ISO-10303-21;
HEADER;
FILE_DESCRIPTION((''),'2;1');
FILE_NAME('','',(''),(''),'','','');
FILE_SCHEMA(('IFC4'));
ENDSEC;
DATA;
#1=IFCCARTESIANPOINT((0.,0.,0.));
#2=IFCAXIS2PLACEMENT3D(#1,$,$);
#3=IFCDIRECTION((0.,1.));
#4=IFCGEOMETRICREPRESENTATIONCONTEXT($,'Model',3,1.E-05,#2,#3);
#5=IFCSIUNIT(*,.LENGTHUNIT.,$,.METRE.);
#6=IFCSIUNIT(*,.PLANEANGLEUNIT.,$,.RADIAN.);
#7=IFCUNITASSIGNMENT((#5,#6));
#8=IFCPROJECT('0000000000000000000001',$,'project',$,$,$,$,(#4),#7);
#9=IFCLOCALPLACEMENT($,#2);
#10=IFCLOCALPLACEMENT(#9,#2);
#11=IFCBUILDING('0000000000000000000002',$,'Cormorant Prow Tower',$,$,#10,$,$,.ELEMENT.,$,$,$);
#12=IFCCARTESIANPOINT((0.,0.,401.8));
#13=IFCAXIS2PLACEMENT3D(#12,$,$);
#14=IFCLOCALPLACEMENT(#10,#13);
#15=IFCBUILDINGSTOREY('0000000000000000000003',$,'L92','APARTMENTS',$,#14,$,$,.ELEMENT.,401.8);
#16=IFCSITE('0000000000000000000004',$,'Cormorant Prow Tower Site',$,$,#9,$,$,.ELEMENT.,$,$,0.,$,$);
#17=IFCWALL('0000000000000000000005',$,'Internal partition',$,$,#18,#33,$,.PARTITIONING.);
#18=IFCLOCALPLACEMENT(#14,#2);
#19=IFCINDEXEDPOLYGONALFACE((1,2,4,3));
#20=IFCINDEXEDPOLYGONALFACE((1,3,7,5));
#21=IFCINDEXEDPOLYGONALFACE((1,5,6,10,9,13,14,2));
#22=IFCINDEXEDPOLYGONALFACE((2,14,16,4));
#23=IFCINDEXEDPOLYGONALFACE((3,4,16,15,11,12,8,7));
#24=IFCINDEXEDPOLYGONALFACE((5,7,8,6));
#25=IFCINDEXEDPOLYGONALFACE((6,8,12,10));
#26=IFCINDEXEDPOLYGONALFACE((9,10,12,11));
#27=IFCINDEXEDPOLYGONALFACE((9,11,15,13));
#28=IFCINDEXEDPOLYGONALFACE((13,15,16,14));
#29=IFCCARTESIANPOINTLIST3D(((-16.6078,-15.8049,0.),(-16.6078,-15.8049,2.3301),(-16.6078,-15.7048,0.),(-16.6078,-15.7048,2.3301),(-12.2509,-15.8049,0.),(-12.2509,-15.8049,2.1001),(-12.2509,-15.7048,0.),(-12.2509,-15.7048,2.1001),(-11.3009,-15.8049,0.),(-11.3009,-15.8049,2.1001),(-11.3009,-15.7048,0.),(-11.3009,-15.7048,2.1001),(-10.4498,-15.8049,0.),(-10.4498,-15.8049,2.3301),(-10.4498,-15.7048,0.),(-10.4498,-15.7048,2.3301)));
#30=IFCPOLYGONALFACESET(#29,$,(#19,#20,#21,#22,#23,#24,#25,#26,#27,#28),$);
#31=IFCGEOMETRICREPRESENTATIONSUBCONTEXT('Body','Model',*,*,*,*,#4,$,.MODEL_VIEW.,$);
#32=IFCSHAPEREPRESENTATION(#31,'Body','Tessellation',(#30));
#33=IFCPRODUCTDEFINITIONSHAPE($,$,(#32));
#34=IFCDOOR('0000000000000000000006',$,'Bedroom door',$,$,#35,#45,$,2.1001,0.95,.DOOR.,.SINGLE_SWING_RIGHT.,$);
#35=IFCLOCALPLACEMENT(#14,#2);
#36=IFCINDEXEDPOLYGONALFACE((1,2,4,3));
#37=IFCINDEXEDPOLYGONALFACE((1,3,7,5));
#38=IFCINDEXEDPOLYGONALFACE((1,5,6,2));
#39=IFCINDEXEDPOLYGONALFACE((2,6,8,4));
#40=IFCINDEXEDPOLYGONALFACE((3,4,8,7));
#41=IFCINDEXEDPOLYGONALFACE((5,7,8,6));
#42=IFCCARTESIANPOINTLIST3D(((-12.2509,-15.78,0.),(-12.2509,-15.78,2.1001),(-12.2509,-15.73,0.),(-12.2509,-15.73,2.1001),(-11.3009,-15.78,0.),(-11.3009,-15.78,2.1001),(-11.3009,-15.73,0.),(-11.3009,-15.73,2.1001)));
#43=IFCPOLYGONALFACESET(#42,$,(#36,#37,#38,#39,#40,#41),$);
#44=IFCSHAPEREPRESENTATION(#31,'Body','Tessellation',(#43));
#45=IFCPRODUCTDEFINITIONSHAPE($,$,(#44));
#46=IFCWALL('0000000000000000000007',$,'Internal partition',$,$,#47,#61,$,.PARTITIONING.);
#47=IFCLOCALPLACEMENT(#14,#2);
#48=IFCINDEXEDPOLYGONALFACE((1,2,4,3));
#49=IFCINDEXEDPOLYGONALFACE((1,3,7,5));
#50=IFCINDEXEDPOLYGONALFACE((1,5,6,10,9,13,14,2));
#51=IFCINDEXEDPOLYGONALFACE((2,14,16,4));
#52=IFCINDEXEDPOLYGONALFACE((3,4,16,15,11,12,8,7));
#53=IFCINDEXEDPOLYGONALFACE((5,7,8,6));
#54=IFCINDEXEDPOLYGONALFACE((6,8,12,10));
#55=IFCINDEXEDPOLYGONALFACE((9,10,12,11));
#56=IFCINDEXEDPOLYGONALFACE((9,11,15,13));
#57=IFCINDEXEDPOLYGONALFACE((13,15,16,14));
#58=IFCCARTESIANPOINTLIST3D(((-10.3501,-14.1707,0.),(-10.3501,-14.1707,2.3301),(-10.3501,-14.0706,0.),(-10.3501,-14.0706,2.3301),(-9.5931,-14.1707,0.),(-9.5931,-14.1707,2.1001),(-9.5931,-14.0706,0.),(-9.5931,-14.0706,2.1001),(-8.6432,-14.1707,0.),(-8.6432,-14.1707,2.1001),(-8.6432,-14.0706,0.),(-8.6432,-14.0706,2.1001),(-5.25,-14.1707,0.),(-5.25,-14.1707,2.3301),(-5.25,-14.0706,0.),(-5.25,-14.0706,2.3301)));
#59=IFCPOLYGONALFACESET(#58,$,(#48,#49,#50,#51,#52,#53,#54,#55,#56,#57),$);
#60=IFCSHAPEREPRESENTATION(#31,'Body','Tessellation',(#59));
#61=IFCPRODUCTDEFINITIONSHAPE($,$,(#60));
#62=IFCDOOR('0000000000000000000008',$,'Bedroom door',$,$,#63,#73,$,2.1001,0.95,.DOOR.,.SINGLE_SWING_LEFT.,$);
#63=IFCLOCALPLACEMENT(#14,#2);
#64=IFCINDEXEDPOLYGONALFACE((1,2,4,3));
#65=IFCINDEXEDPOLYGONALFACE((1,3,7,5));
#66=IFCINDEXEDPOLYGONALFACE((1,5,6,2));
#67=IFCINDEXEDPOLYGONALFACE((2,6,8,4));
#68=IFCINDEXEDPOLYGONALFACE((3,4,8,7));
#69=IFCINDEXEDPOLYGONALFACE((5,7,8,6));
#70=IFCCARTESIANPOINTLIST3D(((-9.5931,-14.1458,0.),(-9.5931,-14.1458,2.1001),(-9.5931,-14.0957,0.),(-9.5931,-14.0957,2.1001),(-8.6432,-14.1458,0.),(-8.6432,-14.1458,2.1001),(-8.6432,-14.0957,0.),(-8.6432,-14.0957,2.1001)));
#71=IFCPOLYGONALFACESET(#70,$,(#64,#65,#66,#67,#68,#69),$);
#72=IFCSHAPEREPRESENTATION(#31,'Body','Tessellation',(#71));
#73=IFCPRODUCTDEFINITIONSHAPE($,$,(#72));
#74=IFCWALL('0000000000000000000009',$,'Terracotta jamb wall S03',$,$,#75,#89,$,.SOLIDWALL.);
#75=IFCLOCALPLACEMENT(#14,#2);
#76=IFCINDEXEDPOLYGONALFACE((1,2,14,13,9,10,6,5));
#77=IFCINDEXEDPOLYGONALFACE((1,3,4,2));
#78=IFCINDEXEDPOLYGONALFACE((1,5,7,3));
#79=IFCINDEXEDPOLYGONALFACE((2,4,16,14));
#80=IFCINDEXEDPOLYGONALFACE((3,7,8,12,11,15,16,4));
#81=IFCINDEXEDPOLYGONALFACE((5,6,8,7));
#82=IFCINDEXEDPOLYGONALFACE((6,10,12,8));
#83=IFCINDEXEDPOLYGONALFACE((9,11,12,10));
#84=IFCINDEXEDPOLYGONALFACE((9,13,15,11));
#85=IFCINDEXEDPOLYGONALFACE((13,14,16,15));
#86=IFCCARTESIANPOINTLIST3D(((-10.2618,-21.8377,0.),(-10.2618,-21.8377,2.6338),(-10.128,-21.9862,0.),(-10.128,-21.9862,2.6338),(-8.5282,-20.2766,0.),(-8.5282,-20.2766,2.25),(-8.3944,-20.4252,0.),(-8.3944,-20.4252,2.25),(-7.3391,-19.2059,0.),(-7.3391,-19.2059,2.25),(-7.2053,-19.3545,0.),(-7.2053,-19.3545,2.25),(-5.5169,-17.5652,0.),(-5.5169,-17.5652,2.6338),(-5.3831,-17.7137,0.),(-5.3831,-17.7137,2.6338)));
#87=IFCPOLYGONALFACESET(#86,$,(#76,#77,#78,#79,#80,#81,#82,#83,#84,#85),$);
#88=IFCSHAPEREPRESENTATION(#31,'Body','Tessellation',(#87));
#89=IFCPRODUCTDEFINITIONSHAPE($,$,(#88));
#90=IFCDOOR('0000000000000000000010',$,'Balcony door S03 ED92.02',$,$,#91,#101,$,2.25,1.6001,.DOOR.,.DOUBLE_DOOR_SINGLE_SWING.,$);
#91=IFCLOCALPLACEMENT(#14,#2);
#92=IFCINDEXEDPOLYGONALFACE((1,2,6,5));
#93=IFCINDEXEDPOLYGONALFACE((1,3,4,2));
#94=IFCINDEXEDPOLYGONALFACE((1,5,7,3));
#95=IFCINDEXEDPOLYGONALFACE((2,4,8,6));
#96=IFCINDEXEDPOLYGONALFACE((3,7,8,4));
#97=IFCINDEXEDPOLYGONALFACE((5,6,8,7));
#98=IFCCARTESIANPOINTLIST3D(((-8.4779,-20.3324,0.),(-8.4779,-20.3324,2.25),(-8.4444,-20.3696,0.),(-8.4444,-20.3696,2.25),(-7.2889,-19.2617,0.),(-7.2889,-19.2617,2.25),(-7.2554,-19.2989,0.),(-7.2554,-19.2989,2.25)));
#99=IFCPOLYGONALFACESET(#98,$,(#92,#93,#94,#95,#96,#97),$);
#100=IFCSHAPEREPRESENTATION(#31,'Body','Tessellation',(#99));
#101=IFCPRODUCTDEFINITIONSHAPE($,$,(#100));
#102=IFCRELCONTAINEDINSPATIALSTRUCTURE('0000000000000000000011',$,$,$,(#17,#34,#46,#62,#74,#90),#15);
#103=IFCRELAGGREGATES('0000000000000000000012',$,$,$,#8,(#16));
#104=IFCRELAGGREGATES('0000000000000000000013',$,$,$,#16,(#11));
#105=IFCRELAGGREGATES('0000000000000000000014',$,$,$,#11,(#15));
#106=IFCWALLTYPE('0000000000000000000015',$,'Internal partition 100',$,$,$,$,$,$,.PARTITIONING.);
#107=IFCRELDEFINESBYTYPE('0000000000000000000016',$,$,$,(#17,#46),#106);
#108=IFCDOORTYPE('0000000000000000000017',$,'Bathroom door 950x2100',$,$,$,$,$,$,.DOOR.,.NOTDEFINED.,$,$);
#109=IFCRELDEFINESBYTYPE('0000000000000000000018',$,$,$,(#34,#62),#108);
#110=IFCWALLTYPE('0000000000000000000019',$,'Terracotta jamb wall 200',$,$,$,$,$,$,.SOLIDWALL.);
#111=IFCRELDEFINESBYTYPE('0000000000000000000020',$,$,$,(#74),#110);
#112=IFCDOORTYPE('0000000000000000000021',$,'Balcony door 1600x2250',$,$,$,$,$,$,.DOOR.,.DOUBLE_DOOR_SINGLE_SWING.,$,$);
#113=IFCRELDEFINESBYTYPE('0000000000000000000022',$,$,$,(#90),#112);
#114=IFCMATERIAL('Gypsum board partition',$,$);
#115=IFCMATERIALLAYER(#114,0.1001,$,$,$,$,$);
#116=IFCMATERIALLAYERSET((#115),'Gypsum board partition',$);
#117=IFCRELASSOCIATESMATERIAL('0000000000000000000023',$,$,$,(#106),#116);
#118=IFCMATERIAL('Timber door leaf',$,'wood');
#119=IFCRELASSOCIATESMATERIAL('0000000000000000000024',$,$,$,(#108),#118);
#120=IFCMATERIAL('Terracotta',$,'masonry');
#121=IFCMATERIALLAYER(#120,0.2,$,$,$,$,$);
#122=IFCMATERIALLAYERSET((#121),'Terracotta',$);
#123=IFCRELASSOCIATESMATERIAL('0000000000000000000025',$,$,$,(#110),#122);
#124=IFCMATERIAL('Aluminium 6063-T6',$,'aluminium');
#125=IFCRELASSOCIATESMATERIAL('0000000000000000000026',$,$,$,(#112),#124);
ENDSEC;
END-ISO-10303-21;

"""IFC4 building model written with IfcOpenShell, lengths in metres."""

from ifc_helpers import new_model, si_unit, direction, frame, frame_2d, origin, place, context, subcontext, project, spatial, rectangle, extrude, material, layer, layer_set, type_object, element, fill, save


model = new_model("IFC4")

# Units and contexts
model_context = context("Model", 3, precision=1e-05, world=origin(), true_north=direction((0.0, 1.0)))
body_context = subcontext(model_context, "Body", "Model", "MODEL_VIEW")
ifc_project = project(units=[si_unit("LENGTHUNIT", "METRE"), si_unit("PLANEANGLEUNIT", "RADIAN")], contexts=[model_context])

# Site, building, storey
site_placement = place(None, origin())
site = spatial("IfcSite", under=ifc_project, at=site_placement, Name="Cormorant Prow Tower Site", CompositionType="ELEMENT", RefElevation=0.0)
building_placement = place(site_placement, origin())
building = spatial("IfcBuilding", under=site, at=building_placement, Name="Cormorant Prow Tower", CompositionType="ELEMENT")
storey_placement = place(building_placement, frame((0.0, 0.0, 401.8)))
storey = spatial("IfcBuildingStorey", under=building, at=storey_placement, Name="L92", Description="APARTMENTS", CompositionType="ELEMENT", Elevation=401.8)

# Walls, openings, doors
ifc_material_1 = material(Name="Gypsum board partition")
ifc_layer_1 = layer(ifc_material_1, 0.1001)
ifc_layer_set_1 = layer_set([ifc_layer_1], Name="Gypsum board partition")
wall_type_1 = type_object("IfcWallType", Name="Internal partition 100", PredefinedType="PARTITIONING", material=ifc_layer_set_1)
ifc_material_2 = material(Name="Timber door leaf", Category="wood")
door_type_1 = type_object("IfcDoorType", Name="Bathroom door 950x2100", OperationType="NOTDEFINED", PredefinedType="DOOR", material=ifc_material_2)
wall_1_placement = place(storey_placement, frame((-16.6079, -15.7549, 0.0), z_axis=(0.0, 0.0, 1.0), x_axis=(1.0, 0.0, 0.0)))
wall_1 = element("IfcWall", 1, at=wall_1_placement, inside=storey, type_object=wall_type_1, Name="Internal partition", PredefinedType="PARTITIONING", context=body_context, shape_type="SweptSolid", body=[
    extrude(rectangle(XDim=6.158, YDim=0.1001, at=frame_2d((3.0791, 0.0))), origin(), (0.0, 0.0, 1.0), 2.3301),
])
opening_1_placement = place(wall_1_placement, frame((4.3569, 0.0, 0.0)))
opening_1 = element("IfcOpeningElement", 2, at=opening_1_placement, cuts=wall_1, PredefinedType="OPENING", context=body_context, shape_type="SweptSolid", body=[
    extrude(rectangle(XDim=0.95, YDim=2.1001, at=frame_2d((0.4751, 1.05))), frame((0.0, 0.0601, 0.0), z_axis=(0.0, -1.0, 0.0), x_axis=(1.0, 0.0, 0.0)), (0.0, 0.0, 1.0), 0.1201),
])
door_1_placement = place(opening_1_placement, origin())
door_1 = element("IfcDoor", 3, at=door_1_placement, inside=storey, type_object=door_type_1, Name="Bedroom door", OperationType="SINGLE_SWING_RIGHT", OverallHeight=2.1001, OverallWidth=0.95, PredefinedType="DOOR", context=body_context, shape_type="SweptSolid", body=[
    extrude(rectangle(XDim=0.95, YDim=2.1001, at=frame_2d((0.4751, 1.05))), frame((0.0, 0.0249, 0.0), z_axis=(0.0, -1.0, 0.0), x_axis=(1.0, 0.0, 0.0)), (0.0, 0.0, 1.0), 0.05),
])
fill(opening_1, door_1)
wall_2_placement = place(storey_placement, frame((-10.3501, -14.1206, 0.0), z_axis=(0.0, 0.0, 1.0), x_axis=(1.0, 0.0, 0.0)))
wall_2 = element("IfcWall", 4, at=wall_2_placement, inside=storey, type_object=wall_type_1, Name="Internal partition", PredefinedType="PARTITIONING", context=body_context, shape_type="SweptSolid", body=[
    extrude(rectangle(XDim=5.1001, YDim=0.1001, at=frame_2d((2.55, 0.0))), origin(), (0.0, 0.0, 1.0), 2.3301),
])
opening_2_placement = place(wall_2_placement, frame((0.7568, 0.0, 0.0)))
opening_2 = element("IfcOpeningElement", 5, at=opening_2_placement, cuts=wall_2, PredefinedType="OPENING", context=body_context, shape_type="SweptSolid", body=[
    extrude(rectangle(XDim=0.95, YDim=2.1001, at=frame_2d((0.4751, 1.05))), frame((0.0, 0.0601, 0.0), z_axis=(0.0, -1.0, 0.0), x_axis=(1.0, 0.0, 0.0)), (0.0, 0.0, 1.0), 0.1201),
])
door_2_placement = place(opening_2_placement, origin())
door_2 = element("IfcDoor", 6, at=door_2_placement, inside=storey, type_object=door_type_1, Name="Bedroom door", OperationType="SINGLE_SWING_LEFT", OverallHeight=2.1001, OverallWidth=0.95, PredefinedType="DOOR", context=body_context, shape_type="SweptSolid", body=[
    extrude(rectangle(XDim=0.95, YDim=2.1001, at=frame_2d((0.4751, 1.05))), frame((0.0, 0.0249, 0.0), z_axis=(0.0, -1.0, 0.0), x_axis=(1.0, 0.0, 0.0)), (0.0, 0.0, 1.0), 0.05),
])
fill(opening_2, door_2)
ifc_material_3 = material(Name="Terracotta", Category="masonry")
ifc_layer_2 = layer(ifc_material_3, 0.2)
ifc_layer_set_2 = layer_set([ifc_layer_2], Name="Terracotta")
wall_type_2 = type_object("IfcWallType", Name="Terracotta jamb wall 200", PredefinedType="SOLIDWALL", material=ifc_layer_set_2)
wall_3_placement = place(storey_placement, frame((-10.1948, -21.9119, 0.0), z_axis=(0.0, 0.0, 1.0), x_axis=(0.743133, 0.669144, 0.0)))
wall_3 = element("IfcWall", 7, at=wall_3_placement, inside=storey, type_object=wall_type_2, Name="Terracotta jamb wall S03", PredefinedType="SOLIDWALL", context=body_context, shape_type="SweptSolid", body=[
    extrude(rectangle(XDim=6.385, YDim=0.2, at=frame_2d((3.1924, 0.0))), origin(), (0.0, 0.0, 1.0), 2.6338),
])
opening_3_placement = place(wall_3_placement, frame((2.3328, 0.0, 0.0)))
opening_3 = element("IfcOpeningElement", 8, at=opening_3_placement, cuts=wall_3, PredefinedType="OPENING", context=body_context, shape_type="SweptSolid", body=[
    extrude(rectangle(XDim=1.6001, YDim=2.25, at=frame_2d((0.8, 1.125))), frame((0.0, 0.1099, 0.0), z_axis=(0.0, -1.0, 0.0), x_axis=(1.0, 0.0, 0.0)), (0.0, 0.0, 1.0), 0.22),
])
ifc_material_4 = material(Name="Aluminium 6063-T6", Category="aluminium")
door_type_2 = type_object("IfcDoorType", Name="Balcony door 1600x2250", OperationType="DOUBLE_DOOR_SINGLE_SWING", PredefinedType="DOOR", material=ifc_material_4)
door_3_placement = place(opening_3_placement, origin())
door_3 = element("IfcDoor", 9, at=door_3_placement, inside=storey, type_object=door_type_2, Name="Balcony door S03 ED92.02", OperationType="DOUBLE_DOOR_SINGLE_SWING", OverallHeight=2.25, OverallWidth=1.6001, PredefinedType="DOOR", context=body_context, shape_type="SweptSolid", body=[
    extrude(rectangle(XDim=1.6001, YDim=2.25, at=frame_2d((0.8, 1.125))), frame((0.0, 0.0249, 0.0), z_axis=(0.0, -1.0, 0.0), x_axis=(1.0, 0.0, 0.0)), (0.0, 0.0, 1.0), 0.05),
])
fill(opening_3, door_3)

save(model, "model.ifc")
